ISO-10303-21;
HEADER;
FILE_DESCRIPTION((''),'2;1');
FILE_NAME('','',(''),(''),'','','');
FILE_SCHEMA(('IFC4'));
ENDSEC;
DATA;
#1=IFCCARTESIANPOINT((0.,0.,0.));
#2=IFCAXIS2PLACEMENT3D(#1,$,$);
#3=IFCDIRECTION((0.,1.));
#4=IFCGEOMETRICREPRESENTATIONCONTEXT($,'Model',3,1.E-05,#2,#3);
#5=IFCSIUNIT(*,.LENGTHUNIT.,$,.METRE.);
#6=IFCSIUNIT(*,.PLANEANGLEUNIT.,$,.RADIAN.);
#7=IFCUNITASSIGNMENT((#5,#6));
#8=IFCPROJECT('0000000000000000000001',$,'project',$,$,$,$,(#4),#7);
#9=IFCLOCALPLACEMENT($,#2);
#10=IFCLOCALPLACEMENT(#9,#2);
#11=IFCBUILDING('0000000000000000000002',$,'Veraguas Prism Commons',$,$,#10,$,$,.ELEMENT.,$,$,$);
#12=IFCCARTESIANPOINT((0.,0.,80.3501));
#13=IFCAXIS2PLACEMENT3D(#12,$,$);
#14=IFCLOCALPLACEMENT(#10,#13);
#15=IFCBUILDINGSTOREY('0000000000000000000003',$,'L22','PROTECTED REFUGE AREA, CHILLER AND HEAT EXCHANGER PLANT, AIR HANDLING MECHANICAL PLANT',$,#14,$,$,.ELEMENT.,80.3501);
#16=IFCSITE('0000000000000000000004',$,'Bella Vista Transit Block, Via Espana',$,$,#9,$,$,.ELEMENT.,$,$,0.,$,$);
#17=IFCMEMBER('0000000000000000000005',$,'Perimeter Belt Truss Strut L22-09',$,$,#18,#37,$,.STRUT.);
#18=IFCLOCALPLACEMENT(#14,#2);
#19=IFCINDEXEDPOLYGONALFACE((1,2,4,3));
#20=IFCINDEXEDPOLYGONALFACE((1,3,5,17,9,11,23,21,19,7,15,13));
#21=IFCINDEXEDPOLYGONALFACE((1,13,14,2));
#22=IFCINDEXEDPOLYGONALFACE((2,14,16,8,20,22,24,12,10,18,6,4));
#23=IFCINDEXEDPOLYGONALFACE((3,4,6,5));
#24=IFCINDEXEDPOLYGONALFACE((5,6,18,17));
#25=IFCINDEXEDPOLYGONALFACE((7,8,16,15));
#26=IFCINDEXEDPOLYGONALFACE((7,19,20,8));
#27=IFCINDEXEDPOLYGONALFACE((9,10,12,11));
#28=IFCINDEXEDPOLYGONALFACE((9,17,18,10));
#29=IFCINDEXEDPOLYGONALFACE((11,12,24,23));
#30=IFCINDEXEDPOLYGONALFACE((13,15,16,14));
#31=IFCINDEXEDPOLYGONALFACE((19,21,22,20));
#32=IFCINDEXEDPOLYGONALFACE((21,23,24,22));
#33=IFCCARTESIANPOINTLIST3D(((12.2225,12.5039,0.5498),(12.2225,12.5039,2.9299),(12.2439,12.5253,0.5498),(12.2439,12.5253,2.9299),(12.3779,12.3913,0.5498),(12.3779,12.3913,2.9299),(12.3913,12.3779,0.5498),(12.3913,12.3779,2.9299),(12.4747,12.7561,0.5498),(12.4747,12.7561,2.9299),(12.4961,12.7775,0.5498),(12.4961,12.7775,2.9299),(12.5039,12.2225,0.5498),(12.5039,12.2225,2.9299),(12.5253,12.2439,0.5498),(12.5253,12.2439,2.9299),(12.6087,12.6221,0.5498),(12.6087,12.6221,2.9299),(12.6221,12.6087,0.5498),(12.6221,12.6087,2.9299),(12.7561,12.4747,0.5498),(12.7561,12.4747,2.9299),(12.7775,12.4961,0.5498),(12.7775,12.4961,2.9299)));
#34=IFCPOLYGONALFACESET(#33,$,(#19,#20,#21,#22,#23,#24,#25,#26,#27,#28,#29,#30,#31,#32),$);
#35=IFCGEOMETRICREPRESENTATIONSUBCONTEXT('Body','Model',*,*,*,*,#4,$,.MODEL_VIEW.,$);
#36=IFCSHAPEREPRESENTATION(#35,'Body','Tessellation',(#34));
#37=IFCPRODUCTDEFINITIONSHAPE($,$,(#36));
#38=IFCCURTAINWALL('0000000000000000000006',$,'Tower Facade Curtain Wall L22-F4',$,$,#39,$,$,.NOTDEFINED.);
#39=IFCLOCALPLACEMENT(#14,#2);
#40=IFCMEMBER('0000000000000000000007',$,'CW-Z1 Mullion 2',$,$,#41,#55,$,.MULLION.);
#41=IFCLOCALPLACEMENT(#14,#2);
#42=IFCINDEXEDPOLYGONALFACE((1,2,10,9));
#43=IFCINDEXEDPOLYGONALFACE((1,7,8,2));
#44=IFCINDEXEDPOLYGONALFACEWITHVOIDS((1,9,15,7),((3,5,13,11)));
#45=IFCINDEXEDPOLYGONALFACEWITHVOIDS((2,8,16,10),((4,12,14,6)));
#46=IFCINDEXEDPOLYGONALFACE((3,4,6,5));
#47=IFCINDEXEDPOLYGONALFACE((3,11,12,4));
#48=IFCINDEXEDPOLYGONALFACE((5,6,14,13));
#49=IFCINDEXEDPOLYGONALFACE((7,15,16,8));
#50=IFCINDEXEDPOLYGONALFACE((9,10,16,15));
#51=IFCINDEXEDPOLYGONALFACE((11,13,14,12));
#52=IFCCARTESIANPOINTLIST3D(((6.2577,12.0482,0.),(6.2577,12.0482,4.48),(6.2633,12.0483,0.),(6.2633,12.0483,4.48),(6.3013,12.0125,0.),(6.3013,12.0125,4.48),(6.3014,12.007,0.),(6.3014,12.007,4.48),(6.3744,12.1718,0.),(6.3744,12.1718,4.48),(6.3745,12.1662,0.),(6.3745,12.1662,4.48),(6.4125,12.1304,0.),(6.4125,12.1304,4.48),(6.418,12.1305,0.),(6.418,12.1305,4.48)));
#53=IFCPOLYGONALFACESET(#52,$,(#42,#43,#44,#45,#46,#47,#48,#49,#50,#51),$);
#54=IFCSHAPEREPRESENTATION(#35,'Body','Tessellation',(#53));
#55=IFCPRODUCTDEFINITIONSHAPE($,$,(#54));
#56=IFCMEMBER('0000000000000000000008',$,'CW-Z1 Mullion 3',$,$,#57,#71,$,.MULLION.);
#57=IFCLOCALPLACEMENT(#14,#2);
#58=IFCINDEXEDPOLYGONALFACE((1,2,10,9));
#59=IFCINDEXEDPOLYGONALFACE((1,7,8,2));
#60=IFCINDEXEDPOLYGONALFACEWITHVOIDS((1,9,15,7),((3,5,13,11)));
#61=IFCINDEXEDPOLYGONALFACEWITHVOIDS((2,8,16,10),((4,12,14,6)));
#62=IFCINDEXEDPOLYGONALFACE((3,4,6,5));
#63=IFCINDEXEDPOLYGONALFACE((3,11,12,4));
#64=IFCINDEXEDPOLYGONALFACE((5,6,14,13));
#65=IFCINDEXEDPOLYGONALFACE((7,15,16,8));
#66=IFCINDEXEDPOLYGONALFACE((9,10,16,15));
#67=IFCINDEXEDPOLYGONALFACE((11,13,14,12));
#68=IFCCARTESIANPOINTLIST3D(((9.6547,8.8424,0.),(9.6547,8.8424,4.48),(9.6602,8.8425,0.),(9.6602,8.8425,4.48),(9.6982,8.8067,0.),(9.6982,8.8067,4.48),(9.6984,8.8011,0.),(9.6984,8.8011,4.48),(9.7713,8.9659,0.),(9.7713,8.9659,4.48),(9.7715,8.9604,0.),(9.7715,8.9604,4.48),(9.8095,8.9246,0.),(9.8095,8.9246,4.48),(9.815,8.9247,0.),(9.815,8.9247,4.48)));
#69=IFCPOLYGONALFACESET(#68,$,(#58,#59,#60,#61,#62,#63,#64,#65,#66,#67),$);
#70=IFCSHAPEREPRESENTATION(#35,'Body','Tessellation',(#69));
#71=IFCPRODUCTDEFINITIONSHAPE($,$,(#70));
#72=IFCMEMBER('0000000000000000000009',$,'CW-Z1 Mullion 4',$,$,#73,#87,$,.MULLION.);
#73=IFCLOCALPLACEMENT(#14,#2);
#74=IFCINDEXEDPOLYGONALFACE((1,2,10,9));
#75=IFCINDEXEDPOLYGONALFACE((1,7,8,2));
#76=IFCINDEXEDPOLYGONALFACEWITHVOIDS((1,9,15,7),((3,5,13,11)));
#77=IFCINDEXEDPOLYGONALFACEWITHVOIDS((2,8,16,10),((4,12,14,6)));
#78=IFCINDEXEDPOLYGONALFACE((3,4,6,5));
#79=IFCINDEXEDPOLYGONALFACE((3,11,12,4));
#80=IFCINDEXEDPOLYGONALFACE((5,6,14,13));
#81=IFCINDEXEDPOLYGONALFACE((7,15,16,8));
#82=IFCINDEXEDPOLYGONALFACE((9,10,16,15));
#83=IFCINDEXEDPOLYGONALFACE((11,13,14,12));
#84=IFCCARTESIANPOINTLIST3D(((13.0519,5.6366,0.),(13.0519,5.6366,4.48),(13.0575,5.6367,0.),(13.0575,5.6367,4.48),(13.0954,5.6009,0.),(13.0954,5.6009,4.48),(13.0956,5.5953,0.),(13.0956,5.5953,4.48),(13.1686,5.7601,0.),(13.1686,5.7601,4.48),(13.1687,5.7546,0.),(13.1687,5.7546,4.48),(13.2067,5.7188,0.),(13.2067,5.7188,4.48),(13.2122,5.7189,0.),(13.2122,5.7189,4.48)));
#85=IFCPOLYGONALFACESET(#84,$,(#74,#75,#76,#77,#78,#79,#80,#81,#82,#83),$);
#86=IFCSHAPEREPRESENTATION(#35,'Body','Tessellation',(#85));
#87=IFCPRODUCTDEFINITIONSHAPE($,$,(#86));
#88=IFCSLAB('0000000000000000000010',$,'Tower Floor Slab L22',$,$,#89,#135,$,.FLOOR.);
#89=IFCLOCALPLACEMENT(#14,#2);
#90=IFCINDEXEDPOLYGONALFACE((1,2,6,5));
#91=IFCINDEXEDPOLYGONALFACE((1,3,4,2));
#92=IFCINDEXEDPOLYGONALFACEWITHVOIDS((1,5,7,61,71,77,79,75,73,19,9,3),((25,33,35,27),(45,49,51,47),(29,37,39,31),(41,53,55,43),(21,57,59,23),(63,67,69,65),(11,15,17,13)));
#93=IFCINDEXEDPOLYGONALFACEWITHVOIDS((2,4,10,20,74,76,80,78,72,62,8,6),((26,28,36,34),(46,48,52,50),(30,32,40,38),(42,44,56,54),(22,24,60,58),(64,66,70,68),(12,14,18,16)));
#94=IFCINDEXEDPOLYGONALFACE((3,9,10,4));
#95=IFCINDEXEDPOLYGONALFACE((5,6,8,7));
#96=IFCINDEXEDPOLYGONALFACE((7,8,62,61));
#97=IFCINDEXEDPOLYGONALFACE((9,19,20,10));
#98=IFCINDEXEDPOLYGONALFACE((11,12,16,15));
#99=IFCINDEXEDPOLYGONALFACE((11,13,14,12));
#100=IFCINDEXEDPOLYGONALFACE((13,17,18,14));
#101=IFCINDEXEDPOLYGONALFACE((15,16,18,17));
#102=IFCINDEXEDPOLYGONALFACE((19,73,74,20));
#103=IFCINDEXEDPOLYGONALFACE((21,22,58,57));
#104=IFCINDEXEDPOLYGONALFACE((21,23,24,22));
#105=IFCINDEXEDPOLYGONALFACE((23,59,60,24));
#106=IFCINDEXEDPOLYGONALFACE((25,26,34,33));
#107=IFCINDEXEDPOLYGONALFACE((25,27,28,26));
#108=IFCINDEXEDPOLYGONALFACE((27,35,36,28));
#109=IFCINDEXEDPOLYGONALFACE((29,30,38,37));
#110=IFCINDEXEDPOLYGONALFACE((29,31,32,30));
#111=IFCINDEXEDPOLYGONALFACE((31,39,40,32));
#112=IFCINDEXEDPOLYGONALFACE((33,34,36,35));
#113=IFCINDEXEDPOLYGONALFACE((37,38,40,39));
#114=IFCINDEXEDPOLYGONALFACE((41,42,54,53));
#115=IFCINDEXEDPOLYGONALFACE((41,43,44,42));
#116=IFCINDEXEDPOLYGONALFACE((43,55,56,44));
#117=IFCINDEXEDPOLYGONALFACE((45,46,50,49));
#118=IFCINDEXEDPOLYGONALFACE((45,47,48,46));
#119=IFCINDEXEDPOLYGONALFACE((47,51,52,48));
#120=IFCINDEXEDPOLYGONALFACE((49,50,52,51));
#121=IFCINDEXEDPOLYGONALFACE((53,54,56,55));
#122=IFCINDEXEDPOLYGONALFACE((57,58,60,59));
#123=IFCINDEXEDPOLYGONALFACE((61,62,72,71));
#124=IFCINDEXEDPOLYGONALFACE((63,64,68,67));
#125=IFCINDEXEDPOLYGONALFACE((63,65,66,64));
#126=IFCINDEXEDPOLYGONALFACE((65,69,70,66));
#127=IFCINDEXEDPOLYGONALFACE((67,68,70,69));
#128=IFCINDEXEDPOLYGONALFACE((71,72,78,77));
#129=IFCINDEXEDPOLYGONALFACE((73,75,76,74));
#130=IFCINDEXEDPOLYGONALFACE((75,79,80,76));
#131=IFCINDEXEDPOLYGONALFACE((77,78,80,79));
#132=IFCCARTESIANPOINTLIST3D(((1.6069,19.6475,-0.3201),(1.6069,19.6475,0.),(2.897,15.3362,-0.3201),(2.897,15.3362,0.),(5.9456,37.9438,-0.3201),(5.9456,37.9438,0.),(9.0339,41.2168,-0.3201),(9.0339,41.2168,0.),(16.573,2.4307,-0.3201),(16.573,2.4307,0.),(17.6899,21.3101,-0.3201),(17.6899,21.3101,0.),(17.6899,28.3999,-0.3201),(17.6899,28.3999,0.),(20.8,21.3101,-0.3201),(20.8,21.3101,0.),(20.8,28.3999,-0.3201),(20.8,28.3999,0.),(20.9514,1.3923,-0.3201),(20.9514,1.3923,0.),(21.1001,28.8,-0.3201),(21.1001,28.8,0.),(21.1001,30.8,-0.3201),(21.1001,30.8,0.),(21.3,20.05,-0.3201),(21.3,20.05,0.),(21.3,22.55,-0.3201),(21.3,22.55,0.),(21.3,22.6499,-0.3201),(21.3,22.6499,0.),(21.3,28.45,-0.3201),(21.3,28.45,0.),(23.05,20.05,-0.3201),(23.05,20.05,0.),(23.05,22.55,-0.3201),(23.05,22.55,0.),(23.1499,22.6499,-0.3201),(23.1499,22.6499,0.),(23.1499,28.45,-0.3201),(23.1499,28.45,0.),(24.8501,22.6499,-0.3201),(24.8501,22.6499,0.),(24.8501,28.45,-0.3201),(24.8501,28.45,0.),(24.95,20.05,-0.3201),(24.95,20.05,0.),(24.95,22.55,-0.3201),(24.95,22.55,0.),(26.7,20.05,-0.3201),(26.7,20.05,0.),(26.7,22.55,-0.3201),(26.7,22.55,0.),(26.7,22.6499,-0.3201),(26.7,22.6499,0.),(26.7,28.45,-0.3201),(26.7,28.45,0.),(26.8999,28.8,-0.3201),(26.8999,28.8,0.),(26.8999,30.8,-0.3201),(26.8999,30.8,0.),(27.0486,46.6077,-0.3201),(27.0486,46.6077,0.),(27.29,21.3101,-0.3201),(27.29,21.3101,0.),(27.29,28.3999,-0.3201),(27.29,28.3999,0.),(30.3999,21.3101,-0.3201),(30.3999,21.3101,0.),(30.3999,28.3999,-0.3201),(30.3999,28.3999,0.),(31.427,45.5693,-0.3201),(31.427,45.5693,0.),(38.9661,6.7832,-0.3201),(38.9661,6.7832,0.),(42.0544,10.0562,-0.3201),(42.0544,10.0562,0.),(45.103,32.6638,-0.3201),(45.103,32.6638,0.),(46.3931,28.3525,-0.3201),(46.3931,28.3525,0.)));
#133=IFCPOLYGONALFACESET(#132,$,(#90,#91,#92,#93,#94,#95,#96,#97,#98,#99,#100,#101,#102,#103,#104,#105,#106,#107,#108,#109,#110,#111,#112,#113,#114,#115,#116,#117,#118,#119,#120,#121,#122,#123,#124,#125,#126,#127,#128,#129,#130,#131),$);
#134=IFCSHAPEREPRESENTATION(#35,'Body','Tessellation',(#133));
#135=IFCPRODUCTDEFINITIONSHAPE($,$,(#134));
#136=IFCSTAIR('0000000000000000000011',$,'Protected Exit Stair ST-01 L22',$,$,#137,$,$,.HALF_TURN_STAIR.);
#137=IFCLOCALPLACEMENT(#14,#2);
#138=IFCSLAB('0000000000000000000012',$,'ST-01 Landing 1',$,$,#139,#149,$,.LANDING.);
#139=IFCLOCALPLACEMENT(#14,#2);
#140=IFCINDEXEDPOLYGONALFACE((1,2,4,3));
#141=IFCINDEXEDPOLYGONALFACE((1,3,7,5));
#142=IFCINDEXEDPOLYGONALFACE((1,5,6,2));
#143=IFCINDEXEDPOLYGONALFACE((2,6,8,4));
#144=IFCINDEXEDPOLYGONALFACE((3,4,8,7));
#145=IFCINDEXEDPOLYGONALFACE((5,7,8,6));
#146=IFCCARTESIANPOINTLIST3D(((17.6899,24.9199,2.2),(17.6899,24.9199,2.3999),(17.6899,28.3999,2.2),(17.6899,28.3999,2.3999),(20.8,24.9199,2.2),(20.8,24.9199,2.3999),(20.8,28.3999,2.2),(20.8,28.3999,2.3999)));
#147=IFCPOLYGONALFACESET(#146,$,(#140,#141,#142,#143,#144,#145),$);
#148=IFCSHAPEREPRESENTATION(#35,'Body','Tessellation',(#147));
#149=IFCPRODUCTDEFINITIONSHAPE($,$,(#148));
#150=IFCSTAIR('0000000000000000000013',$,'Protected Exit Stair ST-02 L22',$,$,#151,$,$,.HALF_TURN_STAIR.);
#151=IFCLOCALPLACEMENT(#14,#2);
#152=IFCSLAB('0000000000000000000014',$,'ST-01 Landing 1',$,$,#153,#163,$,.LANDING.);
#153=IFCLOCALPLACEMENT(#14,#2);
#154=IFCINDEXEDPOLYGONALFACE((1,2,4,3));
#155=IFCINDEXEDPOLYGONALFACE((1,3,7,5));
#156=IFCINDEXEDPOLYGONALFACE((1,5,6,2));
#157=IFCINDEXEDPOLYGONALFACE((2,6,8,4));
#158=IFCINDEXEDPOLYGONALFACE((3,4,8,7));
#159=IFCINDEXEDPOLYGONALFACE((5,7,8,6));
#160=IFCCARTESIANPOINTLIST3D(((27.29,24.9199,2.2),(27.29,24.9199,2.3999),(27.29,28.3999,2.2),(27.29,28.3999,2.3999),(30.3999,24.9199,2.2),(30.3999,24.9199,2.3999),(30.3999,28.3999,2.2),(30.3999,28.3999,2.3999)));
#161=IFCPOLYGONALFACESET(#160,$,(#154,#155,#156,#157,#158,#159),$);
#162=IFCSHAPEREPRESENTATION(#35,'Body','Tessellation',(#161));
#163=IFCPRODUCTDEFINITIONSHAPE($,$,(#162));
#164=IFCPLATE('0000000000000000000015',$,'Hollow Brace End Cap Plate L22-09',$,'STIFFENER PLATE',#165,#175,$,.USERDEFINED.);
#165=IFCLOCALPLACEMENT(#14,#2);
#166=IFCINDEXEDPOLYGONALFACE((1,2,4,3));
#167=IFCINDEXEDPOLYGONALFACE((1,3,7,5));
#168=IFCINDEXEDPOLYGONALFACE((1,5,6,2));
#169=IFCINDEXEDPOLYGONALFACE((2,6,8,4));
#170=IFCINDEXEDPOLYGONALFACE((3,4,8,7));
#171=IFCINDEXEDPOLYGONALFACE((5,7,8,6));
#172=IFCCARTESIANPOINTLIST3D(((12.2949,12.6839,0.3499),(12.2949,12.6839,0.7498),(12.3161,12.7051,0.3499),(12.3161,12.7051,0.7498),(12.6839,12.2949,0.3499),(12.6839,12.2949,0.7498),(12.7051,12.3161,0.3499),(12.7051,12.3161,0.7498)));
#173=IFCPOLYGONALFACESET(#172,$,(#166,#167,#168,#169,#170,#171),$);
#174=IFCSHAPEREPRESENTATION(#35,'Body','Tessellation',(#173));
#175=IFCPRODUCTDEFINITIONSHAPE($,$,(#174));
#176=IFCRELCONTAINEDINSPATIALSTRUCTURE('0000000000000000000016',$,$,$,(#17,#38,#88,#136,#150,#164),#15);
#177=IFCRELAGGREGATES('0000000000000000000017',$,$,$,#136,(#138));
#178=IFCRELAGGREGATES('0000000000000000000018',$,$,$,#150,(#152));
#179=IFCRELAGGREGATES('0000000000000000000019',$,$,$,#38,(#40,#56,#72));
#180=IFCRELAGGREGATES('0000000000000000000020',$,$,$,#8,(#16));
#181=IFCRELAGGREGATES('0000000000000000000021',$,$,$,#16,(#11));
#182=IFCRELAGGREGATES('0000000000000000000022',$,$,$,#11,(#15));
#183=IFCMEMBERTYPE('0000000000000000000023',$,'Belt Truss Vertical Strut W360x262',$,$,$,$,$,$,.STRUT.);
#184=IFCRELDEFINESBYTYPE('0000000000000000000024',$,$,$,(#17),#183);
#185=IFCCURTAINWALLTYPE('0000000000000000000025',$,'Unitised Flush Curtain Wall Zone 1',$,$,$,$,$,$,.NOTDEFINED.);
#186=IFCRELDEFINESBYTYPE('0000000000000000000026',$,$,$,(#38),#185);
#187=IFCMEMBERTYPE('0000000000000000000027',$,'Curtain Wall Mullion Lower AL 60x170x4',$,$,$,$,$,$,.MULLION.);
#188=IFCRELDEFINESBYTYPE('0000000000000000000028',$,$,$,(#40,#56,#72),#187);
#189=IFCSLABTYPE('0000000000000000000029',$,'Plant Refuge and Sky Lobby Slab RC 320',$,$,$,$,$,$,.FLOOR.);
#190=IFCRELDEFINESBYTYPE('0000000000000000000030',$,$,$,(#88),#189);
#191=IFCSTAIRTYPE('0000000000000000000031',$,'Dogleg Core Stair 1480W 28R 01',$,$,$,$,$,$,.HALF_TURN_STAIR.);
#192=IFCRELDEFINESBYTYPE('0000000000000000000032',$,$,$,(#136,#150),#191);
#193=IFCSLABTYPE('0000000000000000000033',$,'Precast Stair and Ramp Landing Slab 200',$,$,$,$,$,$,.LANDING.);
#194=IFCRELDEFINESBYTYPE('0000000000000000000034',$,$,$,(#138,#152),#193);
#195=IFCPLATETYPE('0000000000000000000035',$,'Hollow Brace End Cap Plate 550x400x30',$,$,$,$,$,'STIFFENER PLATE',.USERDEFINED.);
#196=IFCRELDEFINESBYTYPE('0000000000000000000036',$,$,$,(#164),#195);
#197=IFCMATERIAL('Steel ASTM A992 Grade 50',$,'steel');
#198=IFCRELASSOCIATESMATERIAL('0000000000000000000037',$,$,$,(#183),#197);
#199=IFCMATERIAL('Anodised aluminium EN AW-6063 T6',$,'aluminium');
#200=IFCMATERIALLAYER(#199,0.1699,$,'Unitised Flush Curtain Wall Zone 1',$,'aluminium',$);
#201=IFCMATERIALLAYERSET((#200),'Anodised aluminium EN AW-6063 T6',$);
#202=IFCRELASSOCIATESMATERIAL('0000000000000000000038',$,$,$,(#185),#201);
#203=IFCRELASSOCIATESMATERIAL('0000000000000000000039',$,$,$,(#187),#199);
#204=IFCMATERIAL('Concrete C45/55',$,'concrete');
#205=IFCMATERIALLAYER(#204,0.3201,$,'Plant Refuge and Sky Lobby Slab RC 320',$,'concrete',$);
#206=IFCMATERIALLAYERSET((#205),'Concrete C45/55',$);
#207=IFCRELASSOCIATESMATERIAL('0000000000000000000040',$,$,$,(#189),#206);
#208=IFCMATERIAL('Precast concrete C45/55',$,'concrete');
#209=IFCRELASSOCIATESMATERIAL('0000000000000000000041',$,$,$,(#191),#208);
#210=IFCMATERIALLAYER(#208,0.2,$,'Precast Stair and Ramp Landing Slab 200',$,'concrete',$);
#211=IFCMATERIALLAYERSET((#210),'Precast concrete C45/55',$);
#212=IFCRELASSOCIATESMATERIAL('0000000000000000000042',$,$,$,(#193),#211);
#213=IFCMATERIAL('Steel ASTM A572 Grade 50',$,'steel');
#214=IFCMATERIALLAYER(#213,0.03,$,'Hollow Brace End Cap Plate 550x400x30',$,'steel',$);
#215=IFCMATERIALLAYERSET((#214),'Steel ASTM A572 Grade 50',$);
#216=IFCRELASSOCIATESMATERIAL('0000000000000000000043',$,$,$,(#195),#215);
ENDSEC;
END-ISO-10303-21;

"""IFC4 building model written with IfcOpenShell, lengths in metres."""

from ifc_helpers import new_model, si_unit, direction, frame, origin, origin_2d, place, context, subcontext, project, spatial, polyline, rectangle, hollow_rectangle, i_section, outline, extrude, source, transform, mapped, material, layer, layer_set, material_profile, profile_set, type_object, element, aggregate, save


model = new_model("IFC4")

# Units and contexts
model_context = context("Model", 3, precision=1e-05, world=origin(), true_north=direction((0.0, 1.0)))
body_context = subcontext(model_context, "Body", "Model", "MODEL_VIEW")
ifc_project = project(units=[si_unit("LENGTHUNIT", "METRE"), si_unit("PLANEANGLEUNIT", "RADIAN")], contexts=[model_context])

# Site, building, storey
site_placement = place(None, origin())
site = spatial("IfcSite", under=ifc_project, at=site_placement, Name="Bella Vista Transit Block, Via Espana", CompositionType="ELEMENT", RefElevation=0.0)
building_placement = place(site_placement, origin())
building = spatial("IfcBuilding", under=site, at=building_placement, Name="Veraguas Prism Commons", CompositionType="ELEMENT")
storey_placement = place(building_placement, frame((0.0, 0.0, 80.3501)))
storey = spatial("IfcBuildingStorey", under=building, at=storey_placement, Name="L22", Description="PROTECTED REFUGE AREA, CHILLER AND HEAT EXCHANGER PLANT, AIR HANDLING MECHANICAL PLANT", CompositionType="ELEMENT", Elevation=80.3501)

# Member
ifc_material_1 = material(Name="Steel ASTM A992 Grade 50", Category="steel")
ifc_material_profile_1 = material_profile(ifc_material_1, i_section(OverallWidth=0.3979, OverallDepth=0.387, WebThickness=0.019, FlangeThickness=0.0303, at=origin_2d()), Name="W360X262")
ifc_profile_set_1 = profile_set([ifc_material_profile_1], Name="Steel ASTM A992 Grade 50")
member_type_1 = type_object("IfcMemberType", Name="Belt Truss Vertical Strut W360x262", PredefinedType="STRUT", material=ifc_profile_set_1)
member_1_placement = place(storey_placement, frame((12.5, 12.5, 0.5498), z_axis=(0.0, 0.0, 1.0), x_axis=(0.707107, -0.707107, 0.0)))
element("IfcMember", 1, at=member_1_placement, inside=storey, type_object=member_type_1, Name="Perimeter Belt Truss Strut L22-09", PredefinedType="STRUT", context=body_context, shape_type="SweptSolid", body=[
    extrude(i_section(OverallWidth=0.3979, OverallDepth=0.387, WebThickness=0.019, FlangeThickness=0.0303, at=origin_2d()), origin(), (0.0, 0.0, 1.0), 2.3801),
])

# Curtain wall, members
ifc_material_2 = material(Name="Anodised aluminium EN AW-6063 T6", Category="aluminium")
ifc_layer_1 = layer(ifc_material_2, 0.1699, Name="Unitised Flush Curtain Wall Zone 1", Category="aluminium")
ifc_layer_set_1 = layer_set([ifc_layer_1], Name="Anodised aluminium EN AW-6063 T6")
curtain_wall_type = type_object("IfcCurtainWallType", Name="Unitised Flush Curtain Wall Zone 1", PredefinedType="NOTDEFINED", material=ifc_layer_set_1)
curtain_wall_placement = place(storey_placement, origin())
curtain_wall = element("IfcCurtainWall", 2, at=curtain_wall_placement, inside=storey, type_object=curtain_wall_type, Name="Tower Facade Curtain Wall L22-F4", PredefinedType="NOTDEFINED")
ifc_material_profile_2 = material_profile(ifc_material_2, hollow_rectangle(XDim=0.0601, YDim=0.1699, WallThickness=0.0039, at=origin_2d()), Name="AL60X170X4")
ifc_profile_set_2 = profile_set([ifc_material_profile_2], Name="Anodised aluminium EN AW-6063 T6")
member_type_2 = type_object("IfcMemberType", Name="Curtain Wall Mullion Lower AL 60x170x4", PredefinedType="MULLION", material=ifc_profile_set_2)
shared_shape_1 = source(origin(), body_context, "Body", "SweptSolid", [
    extrude(hollow_rectangle(XDim=0.0601, YDim=0.1699, WallThickness=0.0039, at=origin_2d()), origin(), (0.0, 0.0, 1.0), 4.48),
])
member_2_placement = place(storey_placement, frame((6.3379, 12.0894, 0.0), z_axis=(0.0, 0.0, 1.0), x_axis=(0.727295, -0.686325, 0.0)))
member_2 = element("IfcMember", 3, at=member_2_placement, type_object=member_type_2, Name="CW-Z1 Mullion 2", PredefinedType="MULLION", context=body_context, shape_type="MappedRepresentation", body=[
    mapped(shared_shape_1, transform((0.0, 0.0, 0.0), scale=1.0)),
])
member_3_placement = place(storey_placement, frame((9.7349, 8.8835, 0.0), z_axis=(0.0, 0.0, 1.0), x_axis=(0.727295, -0.686325, 0.0)))
member_3 = element("IfcMember", 4, at=member_3_placement, type_object=member_type_2, Name="CW-Z1 Mullion 3", PredefinedType="MULLION", context=body_context, shape_type="MappedRepresentation", body=[
    mapped(shared_shape_1, transform((0.0, 0.0, 0.0), scale=1.0)),
])
member_4_placement = place(storey_placement, frame((13.1321, 5.6777, 0.0), z_axis=(0.0, 0.0, 1.0), x_axis=(0.727295, -0.686325, 0.0)))
member_4 = element("IfcMember", 5, at=member_4_placement, type_object=member_type_2, Name="CW-Z1 Mullion 4", PredefinedType="MULLION", context=body_context, shape_type="MappedRepresentation", body=[
    mapped(shared_shape_1, transform((0.0, 0.0, 0.0), scale=1.0)),
])

# Slab
ifc_material_3 = material(Name="Concrete C45/55", Category="concrete")
ifc_layer_2 = layer(ifc_material_3, 0.3201, Name="Plant Refuge and Sky Lobby Slab RC 320", Category="concrete")
ifc_layer_set_2 = layer_set([ifc_layer_2], Name="Concrete C45/55")
slab_type_1 = type_object("IfcSlabType", Name="Plant Refuge and Sky Lobby Slab RC 320", PredefinedType="FLOOR", material=ifc_layer_set_2)
slab_1_placement = place(storey_placement, frame((0.0, 0.0, -0.3201)))
element("IfcSlab", 6, at=slab_1_placement, inside=storey, type_object=slab_type_1, Name="Tower Floor Slab L22", PredefinedType="FLOOR", context=body_context, shape_type="SweptSolid", body=[
    extrude(outline(polyline([(46.3931, 28.3525), (45.103, 32.6638), (31.427, 45.5693), (27.0486, 46.6077), (9.0339, 41.2168), (5.9456, 37.9438), (1.6069, 19.6475), (2.897, 15.3362), (16.573, 2.4307), (20.9514, 1.3923), (38.9661, 6.7832), (42.0544, 10.0562), (46.3931, 28.3525)]), holes=[polyline([(20.8, 21.3101), (20.8, 28.3999), (17.6899, 28.3999), (17.6899, 21.3101), (20.8, 21.3101)]), polyline([(30.3999, 21.3101), (30.3999, 28.3999), (27.29, 28.3999), (27.29, 21.3101), (30.3999, 21.3101)]), polyline([(21.3, 22.6499), (23.1499, 22.6499), (23.1499, 28.45), (21.3, 28.45), (21.3, 22.6499)]), polyline([(24.8501, 22.6499), (26.7, 22.6499), (26.7, 28.45), (24.8501, 28.45), (24.8501, 22.6499)]), polyline([(21.1001, 28.8), (26.8999, 28.8), (26.8999, 30.8), (21.1001, 30.8), (21.1001, 28.8)]), polyline([(21.3, 20.05), (23.05, 20.05), (23.05, 22.55), (21.3, 22.55), (21.3, 20.05)]), polyline([(24.95, 20.05), (26.7, 20.05), (26.7, 22.55), (24.95, 22.55), (24.95, 20.05)])]), origin(), (0.0, 0.0, 1.0), 0.3201),
])

# Stairs, slabs
ifc_material_4 = material(Name="Precast concrete C45/55", Category="concrete")
stair_type = type_object("IfcStairType", Name="Dogleg Core Stair 1480W 28R 01", PredefinedType="HALF_TURN_STAIR", material=ifc_material_4)
stair_1_placement = place(storey_placement, origin())
stair_1 = element("IfcStair", 7, at=stair_1_placement, inside=storey, type_object=stair_type, Name="Protected Exit Stair ST-01 L22", PredefinedType="HALF_TURN_STAIR")
ifc_layer_3 = layer(ifc_material_4, 0.2, Name="Precast Stair and Ramp Landing Slab 200", Category="concrete")
ifc_layer_set_3 = layer_set([ifc_layer_3], Name="Precast concrete C45/55")
slab_type_2 = type_object("IfcSlabType", Name="Precast Stair and Ramp Landing Slab 200", PredefinedType="LANDING", material=ifc_layer_set_3)
slab_2_placement = place(storey_placement, frame((0.0, 0.0, 2.2)))
slab_2 = element("IfcSlab", 8, at=slab_2_placement, type_object=slab_type_2, Name="ST-01 Landing 1", PredefinedType="LANDING", context=body_context, shape_type="SweptSolid", body=[
    extrude(outline(polyline([(20.8, 24.9199), (20.8, 28.3999), (17.6899, 28.3999), (17.6899, 24.9199), (20.8, 24.9199)])), origin(), (0.0, 0.0, 1.0), 0.2),
])
aggregate(stair_1, [slab_2])
stair_2_placement = place(storey_placement, origin())
stair_2 = element("IfcStair", 9, at=stair_2_placement, inside=storey, type_object=stair_type, Name="Protected Exit Stair ST-02 L22", PredefinedType="HALF_TURN_STAIR")
slab_3_placement = place(storey_placement, frame((0.0, 0.0, 2.2)))
slab_3 = element("IfcSlab", 10, at=slab_3_placement, type_object=slab_type_2, Name="ST-01 Landing 1", PredefinedType="LANDING", context=body_context, shape_type="SweptSolid", body=[
    extrude(outline(polyline([(30.3999, 24.9199), (30.3999, 28.3999), (27.29, 28.3999), (27.29, 24.9199), (30.3999, 24.9199)])), origin(), (0.0, 0.0, 1.0), 0.2),
])
aggregate(stair_2, [slab_3])

# Plate
ifc_material_5 = material(Name="Steel ASTM A572 Grade 50", Category="steel")
ifc_layer_4 = layer(ifc_material_5, 0.03, Name="Hollow Brace End Cap Plate 550x400x30", Category="steel")
ifc_layer_set_4 = layer_set([ifc_layer_4], Name="Steel ASTM A572 Grade 50")
plate_type_1 = type_object("IfcPlateType", Name="Hollow Brace End Cap Plate 550x400x30", ElementType="STIFFENER PLATE", PredefinedType="USERDEFINED", material=ifc_layer_set_4)
shared_shape_2 = source(origin(), body_context, "Body", "SweptSolid", [
    extrude(rectangle(XDim=0.55, YDim=0.03, at=origin_2d()), origin(), (0.0, 0.0, 1.0), 0.3999),
])
plate_1_placement = place(storey_placement, frame((12.5, 12.5, 0.3499), z_axis=(0.0, 0.0, 1.0), x_axis=(0.707107, -0.707107, 0.0)))
element("IfcPlate", 11, at=plate_1_placement, inside=storey, type_object=plate_type_1, Name="Hollow Brace End Cap Plate L22-09", ObjectType="STIFFENER PLATE", PredefinedType="USERDEFINED", context=body_context, shape_type="MappedRepresentation", body=[
    mapped(shared_shape_2, transform((0.0, 0.0, 0.0), scale=1.0)),
])

aggregate(curtain_wall, [member_2, member_3, member_4])

save(model, "model.ifc")
